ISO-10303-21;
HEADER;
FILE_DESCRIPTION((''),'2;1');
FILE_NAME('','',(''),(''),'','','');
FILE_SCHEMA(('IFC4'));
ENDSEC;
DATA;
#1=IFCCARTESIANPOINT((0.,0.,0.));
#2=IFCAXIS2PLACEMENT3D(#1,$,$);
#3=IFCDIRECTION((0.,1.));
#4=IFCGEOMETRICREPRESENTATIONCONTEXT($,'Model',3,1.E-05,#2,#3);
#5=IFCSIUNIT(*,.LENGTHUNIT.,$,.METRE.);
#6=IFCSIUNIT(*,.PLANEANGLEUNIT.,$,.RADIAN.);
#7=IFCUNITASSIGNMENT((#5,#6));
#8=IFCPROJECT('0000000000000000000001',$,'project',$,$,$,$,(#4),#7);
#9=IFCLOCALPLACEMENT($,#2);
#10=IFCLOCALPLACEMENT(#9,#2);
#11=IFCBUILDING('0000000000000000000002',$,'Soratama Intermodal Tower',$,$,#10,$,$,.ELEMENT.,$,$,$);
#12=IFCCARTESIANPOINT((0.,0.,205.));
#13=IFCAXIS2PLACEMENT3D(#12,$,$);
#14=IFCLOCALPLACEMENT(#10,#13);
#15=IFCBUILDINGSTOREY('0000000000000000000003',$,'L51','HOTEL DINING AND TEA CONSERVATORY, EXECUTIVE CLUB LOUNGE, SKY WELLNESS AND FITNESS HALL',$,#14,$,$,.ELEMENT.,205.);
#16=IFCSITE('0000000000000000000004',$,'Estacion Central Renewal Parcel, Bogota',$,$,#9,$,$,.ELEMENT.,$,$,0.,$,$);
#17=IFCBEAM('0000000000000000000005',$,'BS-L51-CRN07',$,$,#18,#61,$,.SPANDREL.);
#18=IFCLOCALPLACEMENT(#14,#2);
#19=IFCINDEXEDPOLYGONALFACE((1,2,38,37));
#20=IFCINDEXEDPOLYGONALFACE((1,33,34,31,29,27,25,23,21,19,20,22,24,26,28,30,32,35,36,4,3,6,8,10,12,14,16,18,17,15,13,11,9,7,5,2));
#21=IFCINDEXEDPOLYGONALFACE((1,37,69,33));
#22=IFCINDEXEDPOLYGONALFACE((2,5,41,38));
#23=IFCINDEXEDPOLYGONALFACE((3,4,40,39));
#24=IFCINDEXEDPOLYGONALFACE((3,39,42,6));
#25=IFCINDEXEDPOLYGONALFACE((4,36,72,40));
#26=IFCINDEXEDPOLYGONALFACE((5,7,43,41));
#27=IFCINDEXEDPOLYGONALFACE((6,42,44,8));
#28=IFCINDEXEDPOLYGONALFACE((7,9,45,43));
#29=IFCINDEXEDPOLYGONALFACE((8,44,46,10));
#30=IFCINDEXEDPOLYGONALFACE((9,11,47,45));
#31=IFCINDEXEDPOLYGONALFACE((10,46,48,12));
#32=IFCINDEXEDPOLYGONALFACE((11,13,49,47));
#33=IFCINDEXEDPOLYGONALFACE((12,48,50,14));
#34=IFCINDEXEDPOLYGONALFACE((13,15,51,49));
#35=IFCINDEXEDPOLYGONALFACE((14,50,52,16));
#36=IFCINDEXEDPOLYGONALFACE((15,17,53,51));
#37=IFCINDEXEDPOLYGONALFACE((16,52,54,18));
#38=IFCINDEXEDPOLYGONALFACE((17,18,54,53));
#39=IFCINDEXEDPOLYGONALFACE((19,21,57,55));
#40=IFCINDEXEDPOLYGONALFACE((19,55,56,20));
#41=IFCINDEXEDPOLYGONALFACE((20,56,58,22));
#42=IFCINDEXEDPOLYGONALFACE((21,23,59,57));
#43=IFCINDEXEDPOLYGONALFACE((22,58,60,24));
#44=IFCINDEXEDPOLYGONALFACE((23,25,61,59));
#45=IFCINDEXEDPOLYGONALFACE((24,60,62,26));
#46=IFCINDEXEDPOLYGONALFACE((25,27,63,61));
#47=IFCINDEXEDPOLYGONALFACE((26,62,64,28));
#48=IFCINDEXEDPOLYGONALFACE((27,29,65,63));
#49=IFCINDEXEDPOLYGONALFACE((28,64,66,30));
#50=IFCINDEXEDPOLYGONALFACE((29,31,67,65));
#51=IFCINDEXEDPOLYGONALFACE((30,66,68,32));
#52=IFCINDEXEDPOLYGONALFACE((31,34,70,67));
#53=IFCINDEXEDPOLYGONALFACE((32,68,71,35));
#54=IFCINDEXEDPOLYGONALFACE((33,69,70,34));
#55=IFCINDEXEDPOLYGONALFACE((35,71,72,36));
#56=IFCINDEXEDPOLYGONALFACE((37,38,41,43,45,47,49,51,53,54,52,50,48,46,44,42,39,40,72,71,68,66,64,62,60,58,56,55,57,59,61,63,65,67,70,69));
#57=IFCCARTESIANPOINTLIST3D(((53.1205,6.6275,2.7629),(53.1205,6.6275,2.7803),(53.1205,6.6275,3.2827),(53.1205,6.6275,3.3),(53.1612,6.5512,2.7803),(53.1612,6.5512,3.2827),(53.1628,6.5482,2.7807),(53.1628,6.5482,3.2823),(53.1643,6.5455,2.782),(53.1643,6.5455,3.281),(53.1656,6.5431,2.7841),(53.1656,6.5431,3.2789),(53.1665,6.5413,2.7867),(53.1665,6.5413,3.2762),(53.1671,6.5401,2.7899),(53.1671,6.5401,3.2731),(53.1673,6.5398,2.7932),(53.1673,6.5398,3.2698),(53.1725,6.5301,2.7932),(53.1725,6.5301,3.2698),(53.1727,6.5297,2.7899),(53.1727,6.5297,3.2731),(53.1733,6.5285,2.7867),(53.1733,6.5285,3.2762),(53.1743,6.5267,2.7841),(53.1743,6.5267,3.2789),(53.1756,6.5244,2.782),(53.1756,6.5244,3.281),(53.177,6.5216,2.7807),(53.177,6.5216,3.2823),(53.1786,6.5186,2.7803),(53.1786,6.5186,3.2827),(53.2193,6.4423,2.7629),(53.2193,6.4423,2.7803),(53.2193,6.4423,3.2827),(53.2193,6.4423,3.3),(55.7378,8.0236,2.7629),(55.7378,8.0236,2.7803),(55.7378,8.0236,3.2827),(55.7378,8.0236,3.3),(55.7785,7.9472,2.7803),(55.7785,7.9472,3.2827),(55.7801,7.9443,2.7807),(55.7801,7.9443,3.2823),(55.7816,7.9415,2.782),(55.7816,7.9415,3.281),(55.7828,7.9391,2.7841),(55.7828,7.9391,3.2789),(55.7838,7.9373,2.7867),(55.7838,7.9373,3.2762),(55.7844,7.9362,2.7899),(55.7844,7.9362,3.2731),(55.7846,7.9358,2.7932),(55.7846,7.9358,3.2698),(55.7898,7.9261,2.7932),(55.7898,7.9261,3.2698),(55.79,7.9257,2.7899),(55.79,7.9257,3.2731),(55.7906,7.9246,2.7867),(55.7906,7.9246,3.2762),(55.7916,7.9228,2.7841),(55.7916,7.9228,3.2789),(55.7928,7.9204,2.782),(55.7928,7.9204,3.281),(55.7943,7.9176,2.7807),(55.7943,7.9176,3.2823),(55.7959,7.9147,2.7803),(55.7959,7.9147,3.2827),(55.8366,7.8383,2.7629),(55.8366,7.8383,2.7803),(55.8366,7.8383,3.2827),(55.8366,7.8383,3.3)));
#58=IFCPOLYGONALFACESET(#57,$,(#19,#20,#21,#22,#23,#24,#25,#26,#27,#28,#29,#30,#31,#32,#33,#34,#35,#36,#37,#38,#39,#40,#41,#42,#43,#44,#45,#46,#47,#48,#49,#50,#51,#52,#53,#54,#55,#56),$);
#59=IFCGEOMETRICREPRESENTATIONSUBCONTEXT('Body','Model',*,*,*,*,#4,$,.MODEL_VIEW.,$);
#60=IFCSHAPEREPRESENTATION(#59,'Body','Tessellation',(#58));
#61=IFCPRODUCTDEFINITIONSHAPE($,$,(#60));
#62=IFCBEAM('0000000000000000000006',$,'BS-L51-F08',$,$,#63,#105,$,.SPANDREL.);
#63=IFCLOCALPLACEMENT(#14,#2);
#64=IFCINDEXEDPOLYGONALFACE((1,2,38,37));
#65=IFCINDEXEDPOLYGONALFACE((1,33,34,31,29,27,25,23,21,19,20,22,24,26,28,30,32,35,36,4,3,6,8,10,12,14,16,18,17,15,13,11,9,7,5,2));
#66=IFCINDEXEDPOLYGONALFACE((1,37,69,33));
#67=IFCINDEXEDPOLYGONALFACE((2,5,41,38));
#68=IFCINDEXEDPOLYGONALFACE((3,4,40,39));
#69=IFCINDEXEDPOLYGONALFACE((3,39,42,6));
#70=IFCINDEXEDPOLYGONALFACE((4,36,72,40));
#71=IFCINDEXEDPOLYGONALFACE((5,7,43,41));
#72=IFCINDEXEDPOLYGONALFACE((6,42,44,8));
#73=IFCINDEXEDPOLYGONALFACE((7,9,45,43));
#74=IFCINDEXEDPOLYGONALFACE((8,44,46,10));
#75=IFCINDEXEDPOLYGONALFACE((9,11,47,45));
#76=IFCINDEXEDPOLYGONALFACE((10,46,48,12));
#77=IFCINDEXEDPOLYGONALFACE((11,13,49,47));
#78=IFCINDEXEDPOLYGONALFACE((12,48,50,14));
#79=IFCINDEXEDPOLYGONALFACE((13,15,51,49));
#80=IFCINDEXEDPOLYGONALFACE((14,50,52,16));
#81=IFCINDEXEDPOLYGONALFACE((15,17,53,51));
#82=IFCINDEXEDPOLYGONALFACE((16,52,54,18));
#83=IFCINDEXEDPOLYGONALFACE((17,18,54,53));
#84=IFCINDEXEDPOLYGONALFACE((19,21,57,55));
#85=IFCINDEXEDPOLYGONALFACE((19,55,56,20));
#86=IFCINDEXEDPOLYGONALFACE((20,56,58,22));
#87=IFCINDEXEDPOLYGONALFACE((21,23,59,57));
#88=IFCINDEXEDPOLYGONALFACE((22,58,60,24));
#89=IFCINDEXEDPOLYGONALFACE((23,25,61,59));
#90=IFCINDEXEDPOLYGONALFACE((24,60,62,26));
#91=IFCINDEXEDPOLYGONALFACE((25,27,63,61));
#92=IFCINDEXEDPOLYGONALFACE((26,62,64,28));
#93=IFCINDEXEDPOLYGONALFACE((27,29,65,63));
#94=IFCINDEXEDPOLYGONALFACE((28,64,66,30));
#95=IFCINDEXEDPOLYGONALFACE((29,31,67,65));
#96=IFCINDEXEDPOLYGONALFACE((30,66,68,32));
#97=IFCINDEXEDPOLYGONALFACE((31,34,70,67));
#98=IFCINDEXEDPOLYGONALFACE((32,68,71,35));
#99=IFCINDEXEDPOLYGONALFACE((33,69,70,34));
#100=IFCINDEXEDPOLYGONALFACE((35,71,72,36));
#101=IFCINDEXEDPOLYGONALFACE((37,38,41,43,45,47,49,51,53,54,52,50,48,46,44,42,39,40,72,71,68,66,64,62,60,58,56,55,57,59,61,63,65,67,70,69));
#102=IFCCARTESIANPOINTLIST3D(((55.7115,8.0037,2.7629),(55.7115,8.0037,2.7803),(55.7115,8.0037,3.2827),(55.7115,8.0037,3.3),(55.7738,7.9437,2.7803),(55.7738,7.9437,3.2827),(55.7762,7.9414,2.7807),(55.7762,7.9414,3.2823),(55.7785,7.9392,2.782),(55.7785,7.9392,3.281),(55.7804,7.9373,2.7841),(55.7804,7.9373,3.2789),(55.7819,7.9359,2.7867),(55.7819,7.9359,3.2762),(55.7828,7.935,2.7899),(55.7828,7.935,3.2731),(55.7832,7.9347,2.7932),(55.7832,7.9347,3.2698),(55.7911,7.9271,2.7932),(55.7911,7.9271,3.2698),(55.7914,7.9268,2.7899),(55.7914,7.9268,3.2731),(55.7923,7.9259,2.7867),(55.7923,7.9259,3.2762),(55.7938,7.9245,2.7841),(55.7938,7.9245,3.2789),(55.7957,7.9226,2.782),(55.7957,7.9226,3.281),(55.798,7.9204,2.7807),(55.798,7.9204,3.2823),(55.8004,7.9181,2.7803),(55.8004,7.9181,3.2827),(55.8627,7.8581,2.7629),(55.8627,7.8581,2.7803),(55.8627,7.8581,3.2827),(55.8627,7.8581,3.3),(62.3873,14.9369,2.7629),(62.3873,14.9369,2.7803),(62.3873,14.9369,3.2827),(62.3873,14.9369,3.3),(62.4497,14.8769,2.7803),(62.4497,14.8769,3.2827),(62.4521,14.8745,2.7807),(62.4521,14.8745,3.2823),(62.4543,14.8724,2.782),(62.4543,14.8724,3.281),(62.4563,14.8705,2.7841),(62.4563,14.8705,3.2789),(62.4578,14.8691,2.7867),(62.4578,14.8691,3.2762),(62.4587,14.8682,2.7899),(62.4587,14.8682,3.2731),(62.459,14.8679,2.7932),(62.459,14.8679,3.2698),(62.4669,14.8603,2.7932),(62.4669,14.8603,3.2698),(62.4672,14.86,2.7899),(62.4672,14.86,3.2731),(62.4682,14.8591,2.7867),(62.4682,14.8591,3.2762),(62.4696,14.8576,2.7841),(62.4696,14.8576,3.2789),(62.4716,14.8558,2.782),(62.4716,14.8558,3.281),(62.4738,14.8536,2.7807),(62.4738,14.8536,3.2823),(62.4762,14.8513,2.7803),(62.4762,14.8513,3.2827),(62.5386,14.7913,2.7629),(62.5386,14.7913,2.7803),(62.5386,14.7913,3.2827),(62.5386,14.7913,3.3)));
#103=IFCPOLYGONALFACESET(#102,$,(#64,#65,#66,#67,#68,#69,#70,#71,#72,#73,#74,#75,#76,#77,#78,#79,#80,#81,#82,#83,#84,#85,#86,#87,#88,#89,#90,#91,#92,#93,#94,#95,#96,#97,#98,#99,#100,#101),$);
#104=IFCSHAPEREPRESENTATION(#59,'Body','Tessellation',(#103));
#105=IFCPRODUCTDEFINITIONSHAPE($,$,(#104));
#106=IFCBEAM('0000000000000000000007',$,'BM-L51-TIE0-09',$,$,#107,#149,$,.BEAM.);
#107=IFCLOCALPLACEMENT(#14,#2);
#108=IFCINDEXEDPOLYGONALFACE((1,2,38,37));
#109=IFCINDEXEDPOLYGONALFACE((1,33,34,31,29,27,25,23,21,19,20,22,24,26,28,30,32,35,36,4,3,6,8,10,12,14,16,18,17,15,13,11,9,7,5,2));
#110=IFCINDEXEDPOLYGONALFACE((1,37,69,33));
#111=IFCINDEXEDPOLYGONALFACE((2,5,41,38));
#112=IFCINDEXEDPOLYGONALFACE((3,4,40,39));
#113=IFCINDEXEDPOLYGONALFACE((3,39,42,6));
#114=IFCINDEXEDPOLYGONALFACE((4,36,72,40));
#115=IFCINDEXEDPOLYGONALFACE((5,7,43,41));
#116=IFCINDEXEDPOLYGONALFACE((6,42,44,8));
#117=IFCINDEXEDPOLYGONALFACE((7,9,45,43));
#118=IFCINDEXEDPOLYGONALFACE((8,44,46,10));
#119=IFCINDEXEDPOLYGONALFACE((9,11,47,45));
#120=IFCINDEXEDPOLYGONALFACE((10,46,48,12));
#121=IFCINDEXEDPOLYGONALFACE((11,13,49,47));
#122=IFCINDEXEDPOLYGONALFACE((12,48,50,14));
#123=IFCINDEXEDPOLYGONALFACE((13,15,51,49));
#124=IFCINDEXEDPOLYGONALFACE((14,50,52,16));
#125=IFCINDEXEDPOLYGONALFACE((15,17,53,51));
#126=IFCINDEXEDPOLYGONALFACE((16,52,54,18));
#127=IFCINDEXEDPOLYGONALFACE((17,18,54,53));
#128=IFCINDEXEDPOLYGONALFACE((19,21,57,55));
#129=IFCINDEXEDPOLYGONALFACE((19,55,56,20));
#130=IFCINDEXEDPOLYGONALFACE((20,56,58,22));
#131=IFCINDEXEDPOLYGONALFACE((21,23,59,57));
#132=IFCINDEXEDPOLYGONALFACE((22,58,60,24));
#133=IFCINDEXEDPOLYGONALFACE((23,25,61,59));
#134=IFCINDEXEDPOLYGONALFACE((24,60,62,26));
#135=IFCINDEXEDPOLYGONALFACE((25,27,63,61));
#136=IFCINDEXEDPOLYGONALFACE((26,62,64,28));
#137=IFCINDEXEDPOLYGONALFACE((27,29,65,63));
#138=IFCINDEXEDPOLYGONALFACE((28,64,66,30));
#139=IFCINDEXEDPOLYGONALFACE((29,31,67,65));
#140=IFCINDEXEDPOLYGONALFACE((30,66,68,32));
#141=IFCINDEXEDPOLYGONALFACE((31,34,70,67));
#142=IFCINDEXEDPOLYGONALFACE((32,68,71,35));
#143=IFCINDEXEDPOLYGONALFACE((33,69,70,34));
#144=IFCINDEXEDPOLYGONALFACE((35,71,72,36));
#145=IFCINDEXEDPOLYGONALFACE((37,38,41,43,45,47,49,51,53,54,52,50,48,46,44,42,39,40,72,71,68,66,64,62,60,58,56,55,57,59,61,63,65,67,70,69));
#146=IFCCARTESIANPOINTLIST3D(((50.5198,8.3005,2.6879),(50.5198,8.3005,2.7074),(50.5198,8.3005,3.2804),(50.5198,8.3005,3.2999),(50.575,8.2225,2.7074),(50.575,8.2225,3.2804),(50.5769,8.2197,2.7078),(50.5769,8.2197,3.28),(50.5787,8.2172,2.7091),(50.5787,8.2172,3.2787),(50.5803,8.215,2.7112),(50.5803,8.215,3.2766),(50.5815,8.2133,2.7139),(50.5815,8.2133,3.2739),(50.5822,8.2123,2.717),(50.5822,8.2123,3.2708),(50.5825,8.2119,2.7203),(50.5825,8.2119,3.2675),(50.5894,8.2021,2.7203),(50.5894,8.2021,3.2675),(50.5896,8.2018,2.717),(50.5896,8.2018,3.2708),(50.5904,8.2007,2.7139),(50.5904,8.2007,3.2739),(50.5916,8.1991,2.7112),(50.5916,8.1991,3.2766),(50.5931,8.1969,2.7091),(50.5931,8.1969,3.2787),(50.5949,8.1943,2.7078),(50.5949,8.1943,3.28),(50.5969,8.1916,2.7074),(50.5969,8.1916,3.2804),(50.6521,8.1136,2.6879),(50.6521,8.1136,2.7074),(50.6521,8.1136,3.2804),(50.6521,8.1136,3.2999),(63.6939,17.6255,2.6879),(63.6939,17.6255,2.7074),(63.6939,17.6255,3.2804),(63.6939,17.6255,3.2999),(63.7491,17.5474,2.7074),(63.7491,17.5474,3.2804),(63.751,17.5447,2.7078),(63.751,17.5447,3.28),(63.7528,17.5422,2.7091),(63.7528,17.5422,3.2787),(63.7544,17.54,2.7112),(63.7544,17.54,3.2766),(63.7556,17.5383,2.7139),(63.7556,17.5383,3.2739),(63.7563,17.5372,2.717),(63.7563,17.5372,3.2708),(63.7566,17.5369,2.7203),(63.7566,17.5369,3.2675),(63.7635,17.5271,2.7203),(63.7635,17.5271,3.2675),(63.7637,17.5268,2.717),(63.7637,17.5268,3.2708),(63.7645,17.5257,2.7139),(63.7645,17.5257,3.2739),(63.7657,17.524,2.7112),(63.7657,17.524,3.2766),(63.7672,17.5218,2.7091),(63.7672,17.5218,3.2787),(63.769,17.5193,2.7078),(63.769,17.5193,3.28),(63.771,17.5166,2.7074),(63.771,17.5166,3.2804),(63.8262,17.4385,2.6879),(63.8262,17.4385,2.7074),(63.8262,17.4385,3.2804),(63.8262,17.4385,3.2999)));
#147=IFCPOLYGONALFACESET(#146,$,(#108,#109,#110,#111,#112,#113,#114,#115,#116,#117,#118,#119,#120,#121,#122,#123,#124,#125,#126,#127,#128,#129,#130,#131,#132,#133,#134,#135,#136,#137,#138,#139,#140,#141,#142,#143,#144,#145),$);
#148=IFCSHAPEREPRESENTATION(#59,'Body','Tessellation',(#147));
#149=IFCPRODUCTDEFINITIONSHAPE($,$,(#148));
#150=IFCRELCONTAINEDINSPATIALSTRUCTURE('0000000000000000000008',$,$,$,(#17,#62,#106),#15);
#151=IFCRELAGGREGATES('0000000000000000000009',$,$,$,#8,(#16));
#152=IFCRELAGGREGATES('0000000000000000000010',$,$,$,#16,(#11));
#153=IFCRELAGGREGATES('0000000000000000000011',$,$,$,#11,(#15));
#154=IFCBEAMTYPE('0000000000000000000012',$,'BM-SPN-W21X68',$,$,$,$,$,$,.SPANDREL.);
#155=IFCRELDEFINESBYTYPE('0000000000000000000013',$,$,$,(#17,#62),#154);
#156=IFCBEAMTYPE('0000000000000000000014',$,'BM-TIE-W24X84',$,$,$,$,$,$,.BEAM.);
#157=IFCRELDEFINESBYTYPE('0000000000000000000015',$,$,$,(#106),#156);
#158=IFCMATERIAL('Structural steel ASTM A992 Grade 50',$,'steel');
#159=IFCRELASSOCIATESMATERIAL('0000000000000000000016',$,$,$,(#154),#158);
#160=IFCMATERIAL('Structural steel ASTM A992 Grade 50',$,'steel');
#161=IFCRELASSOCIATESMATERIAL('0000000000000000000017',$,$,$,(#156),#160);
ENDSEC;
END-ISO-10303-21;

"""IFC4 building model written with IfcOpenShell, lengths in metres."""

from ifc_helpers import new_model, si_unit, direction, frame, origin, origin_2d, place, context, subcontext, project, spatial, i_section, extrude, material, material_profile, profile_set, type_object, element, save


model = new_model("IFC4")

# Units and contexts
model_context = context("Model", 3, precision=1e-05, world=origin(), true_north=direction((0.0, 1.0)))
body_context = subcontext(model_context, "Body", "Model", "MODEL_VIEW")
ifc_project = project(units=[si_unit("LENGTHUNIT", "METRE"), si_unit("PLANEANGLEUNIT", "RADIAN")], contexts=[model_context])

# Site, building, storey
site_placement = place(None, origin())
site = spatial("IfcSite", under=ifc_project, at=site_placement, Name="Estacion Central Renewal Parcel, Bogota", CompositionType="ELEMENT", RefElevation=0.0)
building_placement = place(site_placement, origin())
building = spatial("IfcBuilding", under=site, at=building_placement, Name="Soratama Intermodal Tower", CompositionType="ELEMENT")
storey_placement = place(building_placement, frame((0.0, 0.0, 205.0)))
storey = spatial("IfcBuildingStorey", under=building, at=storey_placement, Name="L51", Description="HOTEL DINING AND TEA CONSERVATORY, EXECUTIVE CLUB LOUNGE, SKY WELLNESS AND FITNESS HALL", CompositionType="ELEMENT", Elevation=205.0)

# Beams
ifc_material_1 = material(Name="Structural steel ASTM A992 Grade 50", Category="steel")
ifc_material_profile_1 = material_profile(ifc_material_1, i_section(OverallWidth=0.21, OverallDepth=0.5371, WebThickness=0.011, FlangeThickness=0.0173, FilletRadius=0.0129, at=origin_2d()), Name="W21X68")
ifc_profile_set_1 = profile_set([ifc_material_profile_1], Name="Structural steel ASTM A992 Grade 50")
beam_type_1 = type_object("IfcBeamType", Name="BM-SPN-W21X68", PredefinedType="SPANDREL", material=ifc_profile_set_1)
beam_1_placement = place(storey_placement, frame((53.1699, 6.5349, 3.0315), z_axis=(0.88233, 0.470631, 0.0), x_axis=(-0.470631, 0.88233, 0.0)))
element("IfcBeam", 1, at=beam_1_placement, inside=storey, type_object=beam_type_1, Name="BS-L51-CRN07", PredefinedType="SPANDREL", context=body_context, shape_type="SweptSolid", body=[
    extrude(i_section(OverallWidth=0.21, OverallDepth=0.5371, WebThickness=0.011, FlangeThickness=0.0173, FilletRadius=0.0129, at=origin_2d()), origin(), (0.0, 0.0, 1.0), 2.9663),
])
beam_2_placement = place(storey_placement, frame((55.7871, 7.9309, 3.0315), z_axis=(0.693612, 0.720348, 0.0), x_axis=(-0.720348, 0.693612, 0.0)))
element("IfcBeam", 2, at=beam_2_placement, inside=storey, type_object=beam_type_1, Name="BS-L51-F08", PredefinedType="SPANDREL", context=body_context, shape_type="SweptSolid", body=[
    extrude(i_section(OverallWidth=0.21, OverallDepth=0.5371, WebThickness=0.011, FlangeThickness=0.0173, FilletRadius=0.0129, at=origin_2d()), origin(), (0.0, 0.0, 1.0), 9.6248),
])
ifc_material_2 = material(Name="Structural steel ASTM A992 Grade 50", Category="steel")
ifc_material_profile_2 = material_profile(ifc_material_2, i_section(OverallWidth=0.229, OverallDepth=0.6121, WebThickness=0.012, FlangeThickness=0.0195, FilletRadius=0.0129, at=origin_2d()), Name="W24X84")
ifc_profile_set_2 = profile_set([ifc_material_profile_2], Name="Structural steel ASTM A992 Grade 50")
beam_type_2 = type_object("IfcBeamType", Name="BM-TIE-W24X84", PredefinedType="BEAM", material=ifc_profile_set_2)
beam_3_placement = place(storey_placement, frame((50.5859, 8.207, 2.9939), z_axis=(0.81622, 0.577742, 0.0), x_axis=(-0.577742, 0.81622, 0.0)))
element("IfcBeam", 3, at=beam_3_placement, inside=storey, type_object=beam_type_2, Name="BM-L51-TIE0-09", PredefinedType="BEAM", context=body_context, shape_type="SweptSolid", body=[
    extrude(i_section(OverallWidth=0.229, OverallDepth=0.6121, WebThickness=0.012, FlangeThickness=0.0195, FilletRadius=0.0129, at=origin_2d()), origin(), (0.0, 0.0, 1.0), 16.1404),
])

save(model, "model.ifc")
